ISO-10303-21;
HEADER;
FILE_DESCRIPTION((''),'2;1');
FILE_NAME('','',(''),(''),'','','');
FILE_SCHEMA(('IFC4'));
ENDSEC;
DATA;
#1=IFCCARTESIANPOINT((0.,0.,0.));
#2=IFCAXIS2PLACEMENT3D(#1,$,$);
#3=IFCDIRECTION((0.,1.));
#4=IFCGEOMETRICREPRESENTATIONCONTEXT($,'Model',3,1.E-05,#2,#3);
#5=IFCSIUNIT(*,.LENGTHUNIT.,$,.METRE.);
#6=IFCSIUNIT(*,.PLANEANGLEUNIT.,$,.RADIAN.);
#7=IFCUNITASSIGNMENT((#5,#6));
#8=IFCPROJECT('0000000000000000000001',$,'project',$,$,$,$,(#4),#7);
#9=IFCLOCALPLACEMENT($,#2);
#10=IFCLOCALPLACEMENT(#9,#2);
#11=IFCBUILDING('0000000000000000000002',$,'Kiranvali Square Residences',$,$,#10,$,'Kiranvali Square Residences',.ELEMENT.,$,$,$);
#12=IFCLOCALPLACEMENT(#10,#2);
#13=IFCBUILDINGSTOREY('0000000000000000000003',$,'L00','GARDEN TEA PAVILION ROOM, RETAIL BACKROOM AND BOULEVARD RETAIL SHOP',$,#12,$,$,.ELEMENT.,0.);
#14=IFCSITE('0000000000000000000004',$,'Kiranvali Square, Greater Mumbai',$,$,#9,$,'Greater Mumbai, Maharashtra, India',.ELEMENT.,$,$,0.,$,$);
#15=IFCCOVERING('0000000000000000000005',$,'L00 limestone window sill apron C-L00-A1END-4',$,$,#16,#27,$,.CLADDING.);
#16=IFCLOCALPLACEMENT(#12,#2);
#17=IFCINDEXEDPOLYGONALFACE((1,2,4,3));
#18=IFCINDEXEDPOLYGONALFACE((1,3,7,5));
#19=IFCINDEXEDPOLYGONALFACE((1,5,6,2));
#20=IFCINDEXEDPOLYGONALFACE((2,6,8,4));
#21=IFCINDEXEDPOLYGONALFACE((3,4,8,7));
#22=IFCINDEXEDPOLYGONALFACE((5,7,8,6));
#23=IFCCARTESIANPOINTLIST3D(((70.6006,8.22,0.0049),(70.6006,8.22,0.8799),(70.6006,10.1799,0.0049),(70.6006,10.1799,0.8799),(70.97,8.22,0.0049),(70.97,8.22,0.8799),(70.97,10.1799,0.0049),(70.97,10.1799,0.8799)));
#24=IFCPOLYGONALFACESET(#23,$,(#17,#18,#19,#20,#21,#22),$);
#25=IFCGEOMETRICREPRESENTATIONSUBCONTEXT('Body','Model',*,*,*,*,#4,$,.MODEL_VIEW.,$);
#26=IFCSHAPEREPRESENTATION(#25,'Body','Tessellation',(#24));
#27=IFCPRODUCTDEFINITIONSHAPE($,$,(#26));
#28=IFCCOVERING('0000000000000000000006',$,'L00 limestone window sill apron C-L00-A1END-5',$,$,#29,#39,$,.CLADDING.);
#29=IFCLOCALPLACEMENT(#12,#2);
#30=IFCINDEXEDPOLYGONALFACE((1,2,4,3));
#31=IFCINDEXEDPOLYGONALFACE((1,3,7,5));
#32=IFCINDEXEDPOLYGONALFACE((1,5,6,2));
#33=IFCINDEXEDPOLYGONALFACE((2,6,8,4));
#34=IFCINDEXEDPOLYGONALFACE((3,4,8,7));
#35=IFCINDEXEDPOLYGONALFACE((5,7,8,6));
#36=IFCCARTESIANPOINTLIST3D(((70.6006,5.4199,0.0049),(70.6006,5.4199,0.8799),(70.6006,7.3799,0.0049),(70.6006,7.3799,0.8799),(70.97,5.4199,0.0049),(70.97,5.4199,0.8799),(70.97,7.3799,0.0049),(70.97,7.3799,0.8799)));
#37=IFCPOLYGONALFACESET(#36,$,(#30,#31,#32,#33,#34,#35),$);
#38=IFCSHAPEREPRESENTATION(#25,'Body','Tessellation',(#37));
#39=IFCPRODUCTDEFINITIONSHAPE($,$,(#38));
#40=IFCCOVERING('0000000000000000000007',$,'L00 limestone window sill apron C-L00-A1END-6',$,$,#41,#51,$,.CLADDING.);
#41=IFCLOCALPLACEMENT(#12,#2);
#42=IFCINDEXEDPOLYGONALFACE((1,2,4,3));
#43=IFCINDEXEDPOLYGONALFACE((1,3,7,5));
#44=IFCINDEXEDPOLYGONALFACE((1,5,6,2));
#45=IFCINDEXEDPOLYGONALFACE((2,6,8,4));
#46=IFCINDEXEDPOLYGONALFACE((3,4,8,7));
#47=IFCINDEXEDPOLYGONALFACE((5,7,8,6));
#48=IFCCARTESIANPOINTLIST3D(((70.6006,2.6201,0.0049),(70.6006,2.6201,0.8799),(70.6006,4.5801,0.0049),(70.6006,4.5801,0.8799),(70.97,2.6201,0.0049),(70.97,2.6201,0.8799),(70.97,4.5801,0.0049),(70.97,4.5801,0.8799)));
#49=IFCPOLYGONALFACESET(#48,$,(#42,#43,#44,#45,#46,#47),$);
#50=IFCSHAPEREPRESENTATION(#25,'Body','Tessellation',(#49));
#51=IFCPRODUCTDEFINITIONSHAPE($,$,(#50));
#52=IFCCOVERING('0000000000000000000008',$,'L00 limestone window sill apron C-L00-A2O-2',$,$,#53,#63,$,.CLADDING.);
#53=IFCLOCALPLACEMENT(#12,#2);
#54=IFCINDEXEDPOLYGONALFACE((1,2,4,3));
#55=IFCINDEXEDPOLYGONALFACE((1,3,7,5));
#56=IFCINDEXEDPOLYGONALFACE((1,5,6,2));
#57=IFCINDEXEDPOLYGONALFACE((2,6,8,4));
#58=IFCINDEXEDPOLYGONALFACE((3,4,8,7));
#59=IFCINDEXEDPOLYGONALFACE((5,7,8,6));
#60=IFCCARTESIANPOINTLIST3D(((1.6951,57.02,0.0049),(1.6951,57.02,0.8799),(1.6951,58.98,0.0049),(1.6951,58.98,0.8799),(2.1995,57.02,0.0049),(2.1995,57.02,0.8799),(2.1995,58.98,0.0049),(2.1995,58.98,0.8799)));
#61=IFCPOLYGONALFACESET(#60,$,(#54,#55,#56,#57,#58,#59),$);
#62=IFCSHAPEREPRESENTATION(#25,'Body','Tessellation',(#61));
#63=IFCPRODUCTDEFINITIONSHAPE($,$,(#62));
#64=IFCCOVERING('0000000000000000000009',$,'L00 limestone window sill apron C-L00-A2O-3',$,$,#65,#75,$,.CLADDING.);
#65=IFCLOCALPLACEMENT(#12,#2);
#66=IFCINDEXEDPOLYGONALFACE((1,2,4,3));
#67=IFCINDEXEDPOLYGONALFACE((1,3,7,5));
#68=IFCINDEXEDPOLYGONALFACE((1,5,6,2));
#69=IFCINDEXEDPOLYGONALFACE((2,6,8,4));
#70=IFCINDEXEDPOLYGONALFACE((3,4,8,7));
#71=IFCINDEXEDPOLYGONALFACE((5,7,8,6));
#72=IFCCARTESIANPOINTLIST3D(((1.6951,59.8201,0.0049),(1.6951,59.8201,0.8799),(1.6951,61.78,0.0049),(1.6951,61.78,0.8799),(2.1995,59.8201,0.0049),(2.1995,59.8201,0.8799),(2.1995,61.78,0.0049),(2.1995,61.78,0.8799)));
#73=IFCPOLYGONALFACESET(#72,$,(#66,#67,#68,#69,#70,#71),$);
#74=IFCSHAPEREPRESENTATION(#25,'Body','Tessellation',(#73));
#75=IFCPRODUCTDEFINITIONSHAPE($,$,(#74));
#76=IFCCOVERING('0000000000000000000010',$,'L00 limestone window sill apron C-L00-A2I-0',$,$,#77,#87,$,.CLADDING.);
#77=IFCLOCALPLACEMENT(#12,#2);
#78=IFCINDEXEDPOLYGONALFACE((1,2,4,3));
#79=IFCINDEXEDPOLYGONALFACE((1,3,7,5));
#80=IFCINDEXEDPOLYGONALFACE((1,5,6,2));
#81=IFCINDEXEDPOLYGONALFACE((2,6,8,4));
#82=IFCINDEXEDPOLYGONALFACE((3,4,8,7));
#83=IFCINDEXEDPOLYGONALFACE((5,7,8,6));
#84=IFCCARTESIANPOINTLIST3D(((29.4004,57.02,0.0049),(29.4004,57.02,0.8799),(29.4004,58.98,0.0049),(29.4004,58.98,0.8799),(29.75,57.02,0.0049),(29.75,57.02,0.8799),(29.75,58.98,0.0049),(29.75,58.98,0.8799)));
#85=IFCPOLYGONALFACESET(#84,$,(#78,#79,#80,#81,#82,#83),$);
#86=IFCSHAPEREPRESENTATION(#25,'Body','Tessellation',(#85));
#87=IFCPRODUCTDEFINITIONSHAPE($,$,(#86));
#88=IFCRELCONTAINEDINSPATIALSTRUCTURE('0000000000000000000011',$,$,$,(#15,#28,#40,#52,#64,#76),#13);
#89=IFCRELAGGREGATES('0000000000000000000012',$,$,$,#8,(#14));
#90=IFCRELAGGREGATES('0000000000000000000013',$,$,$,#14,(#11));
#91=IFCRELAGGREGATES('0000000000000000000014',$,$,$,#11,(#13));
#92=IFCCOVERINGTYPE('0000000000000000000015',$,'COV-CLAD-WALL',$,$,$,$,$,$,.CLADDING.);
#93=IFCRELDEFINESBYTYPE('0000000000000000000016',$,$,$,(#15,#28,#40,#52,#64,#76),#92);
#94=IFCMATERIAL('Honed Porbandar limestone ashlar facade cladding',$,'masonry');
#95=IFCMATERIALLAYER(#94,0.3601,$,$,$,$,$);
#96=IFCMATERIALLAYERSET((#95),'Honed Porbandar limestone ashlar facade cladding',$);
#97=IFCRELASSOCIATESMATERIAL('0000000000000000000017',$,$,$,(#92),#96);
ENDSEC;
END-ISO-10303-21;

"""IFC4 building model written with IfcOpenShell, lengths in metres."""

from ifc_helpers import new_model, si_unit, direction, frame, origin, place, context, subcontext, project, spatial, polyline, outline, extrude, material, layer, layer_set, type_object, element, save


model = new_model("IFC4")

# Units and contexts
model_context = context("Model", 3, precision=1e-05, world=origin(), true_north=direction((0.0, 1.0)))
body_context = subcontext(model_context, "Body", "Model", "MODEL_VIEW")
ifc_project = project(units=[si_unit("LENGTHUNIT", "METRE"), si_unit("PLANEANGLEUNIT", "RADIAN")], contexts=[model_context])

# Site, building, storey
site_placement = place(None, origin())
site = spatial("IfcSite", under=ifc_project, at=site_placement, Name="Kiranvali Square, Greater Mumbai", LongName="Greater Mumbai, Maharashtra, India", CompositionType="ELEMENT", RefElevation=0.0)
building_placement = place(site_placement, origin())
building = spatial("IfcBuilding", under=site, at=building_placement, Name="Kiranvali Square Residences", LongName="Kiranvali Square Residences", CompositionType="ELEMENT")
storey_placement = place(building_placement, origin())
storey = spatial("IfcBuildingStorey", under=building, at=storey_placement, Name="L00", Description="GARDEN TEA PAVILION ROOM, RETAIL BACKROOM AND BOULEVARD RETAIL SHOP", CompositionType="ELEMENT", Elevation=0.0)

# Coverings
ifc_material_1 = material(Name="Honed Porbandar limestone ashlar facade cladding", Category="masonry")
ifc_layer_1 = layer(ifc_material_1, 0.3601)
ifc_layer_set_1 = layer_set([ifc_layer_1], Name="Honed Porbandar limestone ashlar facade cladding")
covering_type_1 = type_object("IfcCoveringType", Name="COV-CLAD-WALL", PredefinedType="CLADDING", material=ifc_layer_set_1)
covering_1_placement = place(storey_placement, frame((0.0, 0.0, 0.0049)))
element("IfcCovering", 1, at=covering_1_placement, inside=storey, type_object=covering_type_1, Name="L00 limestone window sill apron C-L00-A1END-4", PredefinedType="CLADDING", context=body_context, shape_type="SweptSolid", body=[
    extrude(outline(polyline([(70.6006, 10.1799), (70.6006, 8.22), (70.97, 8.22), (70.97, 10.1799), (70.6006, 10.1799)])), origin(), (0.0, 0.0, 1.0), 0.875),
])
covering_2_placement = place(storey_placement, frame((0.0, 0.0, 0.0049)))
element("IfcCovering", 2, at=covering_2_placement, inside=storey, type_object=covering_type_1, Name="L00 limestone window sill apron C-L00-A1END-5", PredefinedType="CLADDING", context=body_context, shape_type="SweptSolid", body=[
    extrude(outline(polyline([(70.6006, 7.3799), (70.6006, 5.4199), (70.97, 5.4199), (70.97, 7.3799), (70.6006, 7.3799)])), origin(), (0.0, 0.0, 1.0), 0.875),
])
covering_3_placement = place(storey_placement, frame((0.0, 0.0, 0.0049)))
element("IfcCovering", 3, at=covering_3_placement, inside=storey, type_object=covering_type_1, Name="L00 limestone window sill apron C-L00-A1END-6", PredefinedType="CLADDING", context=body_context, shape_type="SweptSolid", body=[
    extrude(outline(polyline([(70.6006, 4.5801), (70.6006, 2.6201), (70.97, 2.6201), (70.97, 4.5801), (70.6006, 4.5801)])), origin(), (0.0, 0.0, 1.0), 0.875),
])
covering_4_placement = place(storey_placement, frame((0.0, 0.0, 0.0049)))
element("IfcCovering", 4, at=covering_4_placement, inside=storey, type_object=covering_type_1, Name="L00 limestone window sill apron C-L00-A2O-2", PredefinedType="CLADDING", context=body_context, shape_type="SweptSolid", body=[
    extrude(outline(polyline([(2.1995, 57.02), (2.1995, 58.98), (1.6951, 58.98), (1.6951, 57.02), (2.1995, 57.02)])), origin(), (0.0, 0.0, 1.0), 0.875),
])
covering_5_placement = place(storey_placement, frame((0.0, 0.0, 0.0049)))
element("IfcCovering", 5, at=covering_5_placement, inside=storey, type_object=covering_type_1, Name="L00 limestone window sill apron C-L00-A2O-3", PredefinedType="CLADDING", context=body_context, shape_type="SweptSolid", body=[
    extrude(outline(polyline([(2.1995, 59.8201), (2.1995, 61.78), (1.6951, 61.78), (1.6951, 59.8201), (2.1995, 59.8201)])), origin(), (0.0, 0.0, 1.0), 0.875),
])
covering_6_placement = place(storey_placement, frame((0.0, 0.0, 0.0049)))
element("IfcCovering", 6, at=covering_6_placement, inside=storey, type_object=covering_type_1, Name="L00 limestone window sill apron C-L00-A2I-0", PredefinedType="CLADDING", context=body_context, shape_type="SweptSolid", body=[
    extrude(outline(polyline([(29.75, 57.02), (29.75, 58.98), (29.4004, 58.98), (29.4004, 57.02), (29.75, 57.02)])), origin(), (0.0, 0.0, 1.0), 0.875),
])

save(model, "model.ifc")
